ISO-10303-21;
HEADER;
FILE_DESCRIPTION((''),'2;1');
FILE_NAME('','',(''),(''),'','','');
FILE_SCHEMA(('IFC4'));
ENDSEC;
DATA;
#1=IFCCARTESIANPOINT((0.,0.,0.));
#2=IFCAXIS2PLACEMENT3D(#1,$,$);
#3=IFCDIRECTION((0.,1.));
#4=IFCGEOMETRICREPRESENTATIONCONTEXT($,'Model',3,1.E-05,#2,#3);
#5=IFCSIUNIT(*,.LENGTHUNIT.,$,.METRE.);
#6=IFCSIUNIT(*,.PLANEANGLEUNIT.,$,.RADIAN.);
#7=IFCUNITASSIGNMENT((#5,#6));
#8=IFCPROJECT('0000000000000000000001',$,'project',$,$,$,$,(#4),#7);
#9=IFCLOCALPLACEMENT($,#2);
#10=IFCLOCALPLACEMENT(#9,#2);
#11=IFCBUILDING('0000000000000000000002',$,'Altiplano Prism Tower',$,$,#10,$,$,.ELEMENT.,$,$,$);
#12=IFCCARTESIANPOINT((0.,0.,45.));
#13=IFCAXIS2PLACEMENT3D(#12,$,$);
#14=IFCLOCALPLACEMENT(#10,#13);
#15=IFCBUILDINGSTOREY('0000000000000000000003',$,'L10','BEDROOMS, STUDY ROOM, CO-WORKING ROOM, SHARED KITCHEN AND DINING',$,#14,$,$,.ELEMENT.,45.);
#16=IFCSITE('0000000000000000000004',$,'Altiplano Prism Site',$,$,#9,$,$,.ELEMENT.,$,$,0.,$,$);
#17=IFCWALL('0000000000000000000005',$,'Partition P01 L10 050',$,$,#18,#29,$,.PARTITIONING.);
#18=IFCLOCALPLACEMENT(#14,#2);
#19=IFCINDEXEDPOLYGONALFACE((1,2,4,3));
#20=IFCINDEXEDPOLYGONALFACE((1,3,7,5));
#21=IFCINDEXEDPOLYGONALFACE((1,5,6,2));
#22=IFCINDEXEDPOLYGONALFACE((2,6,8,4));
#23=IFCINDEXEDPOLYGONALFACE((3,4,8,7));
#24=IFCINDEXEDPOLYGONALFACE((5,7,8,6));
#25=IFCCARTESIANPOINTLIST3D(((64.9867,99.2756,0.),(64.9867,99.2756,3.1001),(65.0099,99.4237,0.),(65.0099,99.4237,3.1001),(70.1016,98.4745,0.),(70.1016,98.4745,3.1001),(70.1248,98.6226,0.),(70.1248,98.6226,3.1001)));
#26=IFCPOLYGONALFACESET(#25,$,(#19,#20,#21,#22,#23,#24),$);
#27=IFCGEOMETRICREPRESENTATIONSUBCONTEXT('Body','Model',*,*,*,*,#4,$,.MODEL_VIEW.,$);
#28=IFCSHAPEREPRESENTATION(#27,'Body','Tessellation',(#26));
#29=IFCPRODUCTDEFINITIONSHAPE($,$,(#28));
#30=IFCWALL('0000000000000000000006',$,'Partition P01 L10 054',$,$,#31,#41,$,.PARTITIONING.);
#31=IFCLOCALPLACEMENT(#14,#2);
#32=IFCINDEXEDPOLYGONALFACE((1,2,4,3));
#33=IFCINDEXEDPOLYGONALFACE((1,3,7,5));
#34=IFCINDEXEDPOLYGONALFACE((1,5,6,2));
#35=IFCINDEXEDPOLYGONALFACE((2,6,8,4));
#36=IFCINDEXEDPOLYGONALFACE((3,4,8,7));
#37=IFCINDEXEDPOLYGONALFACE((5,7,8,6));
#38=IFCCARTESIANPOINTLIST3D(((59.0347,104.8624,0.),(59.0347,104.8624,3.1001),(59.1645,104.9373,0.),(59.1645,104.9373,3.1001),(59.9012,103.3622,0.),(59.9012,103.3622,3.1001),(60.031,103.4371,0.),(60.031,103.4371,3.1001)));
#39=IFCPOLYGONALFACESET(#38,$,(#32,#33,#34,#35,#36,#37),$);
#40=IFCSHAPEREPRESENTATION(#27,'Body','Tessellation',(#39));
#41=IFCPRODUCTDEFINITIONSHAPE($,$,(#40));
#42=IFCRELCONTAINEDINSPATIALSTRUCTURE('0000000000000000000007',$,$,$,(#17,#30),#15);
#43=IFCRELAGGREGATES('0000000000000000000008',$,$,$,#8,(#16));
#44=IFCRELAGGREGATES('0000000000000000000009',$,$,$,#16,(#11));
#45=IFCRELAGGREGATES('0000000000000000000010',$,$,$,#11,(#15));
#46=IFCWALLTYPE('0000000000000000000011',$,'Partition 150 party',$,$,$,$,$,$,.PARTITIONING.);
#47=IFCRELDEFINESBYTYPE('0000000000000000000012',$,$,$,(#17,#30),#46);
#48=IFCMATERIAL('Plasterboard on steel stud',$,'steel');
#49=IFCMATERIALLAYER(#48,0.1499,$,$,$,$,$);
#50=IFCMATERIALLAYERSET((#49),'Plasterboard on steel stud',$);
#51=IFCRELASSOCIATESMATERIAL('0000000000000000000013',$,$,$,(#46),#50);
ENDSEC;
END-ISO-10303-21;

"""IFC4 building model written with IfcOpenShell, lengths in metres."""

from ifc_helpers import new_model, si_unit, direction, frame, frame_2d, origin, place, context, subcontext, project, spatial, rectangle, extrude, material, layer, layer_set, type_object, element, save


model = new_model("IFC4")

# Units and contexts
model_context = context("Model", 3, precision=1e-05, world=origin(), true_north=direction((0.0, 1.0)))
body_context = subcontext(model_context, "Body", "Model", "MODEL_VIEW")
ifc_project = project(units=[si_unit("LENGTHUNIT", "METRE"), si_unit("PLANEANGLEUNIT", "RADIAN")], contexts=[model_context])

# Site, building, storey
site_placement = place(None, origin())
site = spatial("IfcSite", under=ifc_project, at=site_placement, Name="Altiplano Prism Site", CompositionType="ELEMENT", RefElevation=0.0)
building_placement = place(site_placement, origin())
building = spatial("IfcBuilding", under=site, at=building_placement, Name="Altiplano Prism Tower", CompositionType="ELEMENT")
storey_placement = place(building_placement, frame((0.0, 0.0, 45.0)))
storey = spatial("IfcBuildingStorey", under=building, at=storey_placement, Name="L10", Description="BEDROOMS, STUDY ROOM, CO-WORKING ROOM, SHARED KITCHEN AND DINING", CompositionType="ELEMENT", Elevation=45.0)

# Shared definitions
ifc_material_1 = material(Name="Plasterboard on steel stud", Category="steel")

# Walls
ifc_layer_1 = layer(ifc_material_1, 0.1499)
ifc_layer_set_1 = layer_set([ifc_layer_1], Name="Plasterboard on steel stud")
wall_type_1 = type_object("IfcWallType", Name="Partition 150 party", PredefinedType="PARTITIONING", material=ifc_layer_set_1)
wall_1_placement = place(storey_placement, frame((64.9983, 99.3496, 0.0), z_axis=(0.0, 0.0, 1.0), x_axis=(0.987959, -0.154718, 0.0)))
element("IfcWall", 1, at=wall_1_placement, inside=storey, type_object=wall_type_1, Name="Partition P01 L10 050", PredefinedType="PARTITIONING", context=body_context, shape_type="SweptSolid", body=[
    extrude(rectangle(XDim=5.1772, YDim=0.1499, at=frame_2d((2.5886, 0.0))), origin(), (0.0, 0.0, 1.0), 3.1001),
])
wall_2_placement = place(storey_placement, frame((59.9661, 103.3997, 0.0), z_axis=(0.0, 0.0, 1.0), x_axis=(-0.500125, 0.865953, 0.0)))
element("IfcWall", 2, at=wall_2_placement, inside=storey, type_object=wall_type_1, Name="Partition P01 L10 054", PredefinedType="PARTITIONING", context=body_context, shape_type="SweptSolid", body=[
    extrude(rectangle(XDim=1.7324, YDim=0.1499, at=frame_2d((0.8662, 0.0))), origin(), (0.0, 0.0, 1.0), 3.1001),
])

save(model, "model.ifc")
